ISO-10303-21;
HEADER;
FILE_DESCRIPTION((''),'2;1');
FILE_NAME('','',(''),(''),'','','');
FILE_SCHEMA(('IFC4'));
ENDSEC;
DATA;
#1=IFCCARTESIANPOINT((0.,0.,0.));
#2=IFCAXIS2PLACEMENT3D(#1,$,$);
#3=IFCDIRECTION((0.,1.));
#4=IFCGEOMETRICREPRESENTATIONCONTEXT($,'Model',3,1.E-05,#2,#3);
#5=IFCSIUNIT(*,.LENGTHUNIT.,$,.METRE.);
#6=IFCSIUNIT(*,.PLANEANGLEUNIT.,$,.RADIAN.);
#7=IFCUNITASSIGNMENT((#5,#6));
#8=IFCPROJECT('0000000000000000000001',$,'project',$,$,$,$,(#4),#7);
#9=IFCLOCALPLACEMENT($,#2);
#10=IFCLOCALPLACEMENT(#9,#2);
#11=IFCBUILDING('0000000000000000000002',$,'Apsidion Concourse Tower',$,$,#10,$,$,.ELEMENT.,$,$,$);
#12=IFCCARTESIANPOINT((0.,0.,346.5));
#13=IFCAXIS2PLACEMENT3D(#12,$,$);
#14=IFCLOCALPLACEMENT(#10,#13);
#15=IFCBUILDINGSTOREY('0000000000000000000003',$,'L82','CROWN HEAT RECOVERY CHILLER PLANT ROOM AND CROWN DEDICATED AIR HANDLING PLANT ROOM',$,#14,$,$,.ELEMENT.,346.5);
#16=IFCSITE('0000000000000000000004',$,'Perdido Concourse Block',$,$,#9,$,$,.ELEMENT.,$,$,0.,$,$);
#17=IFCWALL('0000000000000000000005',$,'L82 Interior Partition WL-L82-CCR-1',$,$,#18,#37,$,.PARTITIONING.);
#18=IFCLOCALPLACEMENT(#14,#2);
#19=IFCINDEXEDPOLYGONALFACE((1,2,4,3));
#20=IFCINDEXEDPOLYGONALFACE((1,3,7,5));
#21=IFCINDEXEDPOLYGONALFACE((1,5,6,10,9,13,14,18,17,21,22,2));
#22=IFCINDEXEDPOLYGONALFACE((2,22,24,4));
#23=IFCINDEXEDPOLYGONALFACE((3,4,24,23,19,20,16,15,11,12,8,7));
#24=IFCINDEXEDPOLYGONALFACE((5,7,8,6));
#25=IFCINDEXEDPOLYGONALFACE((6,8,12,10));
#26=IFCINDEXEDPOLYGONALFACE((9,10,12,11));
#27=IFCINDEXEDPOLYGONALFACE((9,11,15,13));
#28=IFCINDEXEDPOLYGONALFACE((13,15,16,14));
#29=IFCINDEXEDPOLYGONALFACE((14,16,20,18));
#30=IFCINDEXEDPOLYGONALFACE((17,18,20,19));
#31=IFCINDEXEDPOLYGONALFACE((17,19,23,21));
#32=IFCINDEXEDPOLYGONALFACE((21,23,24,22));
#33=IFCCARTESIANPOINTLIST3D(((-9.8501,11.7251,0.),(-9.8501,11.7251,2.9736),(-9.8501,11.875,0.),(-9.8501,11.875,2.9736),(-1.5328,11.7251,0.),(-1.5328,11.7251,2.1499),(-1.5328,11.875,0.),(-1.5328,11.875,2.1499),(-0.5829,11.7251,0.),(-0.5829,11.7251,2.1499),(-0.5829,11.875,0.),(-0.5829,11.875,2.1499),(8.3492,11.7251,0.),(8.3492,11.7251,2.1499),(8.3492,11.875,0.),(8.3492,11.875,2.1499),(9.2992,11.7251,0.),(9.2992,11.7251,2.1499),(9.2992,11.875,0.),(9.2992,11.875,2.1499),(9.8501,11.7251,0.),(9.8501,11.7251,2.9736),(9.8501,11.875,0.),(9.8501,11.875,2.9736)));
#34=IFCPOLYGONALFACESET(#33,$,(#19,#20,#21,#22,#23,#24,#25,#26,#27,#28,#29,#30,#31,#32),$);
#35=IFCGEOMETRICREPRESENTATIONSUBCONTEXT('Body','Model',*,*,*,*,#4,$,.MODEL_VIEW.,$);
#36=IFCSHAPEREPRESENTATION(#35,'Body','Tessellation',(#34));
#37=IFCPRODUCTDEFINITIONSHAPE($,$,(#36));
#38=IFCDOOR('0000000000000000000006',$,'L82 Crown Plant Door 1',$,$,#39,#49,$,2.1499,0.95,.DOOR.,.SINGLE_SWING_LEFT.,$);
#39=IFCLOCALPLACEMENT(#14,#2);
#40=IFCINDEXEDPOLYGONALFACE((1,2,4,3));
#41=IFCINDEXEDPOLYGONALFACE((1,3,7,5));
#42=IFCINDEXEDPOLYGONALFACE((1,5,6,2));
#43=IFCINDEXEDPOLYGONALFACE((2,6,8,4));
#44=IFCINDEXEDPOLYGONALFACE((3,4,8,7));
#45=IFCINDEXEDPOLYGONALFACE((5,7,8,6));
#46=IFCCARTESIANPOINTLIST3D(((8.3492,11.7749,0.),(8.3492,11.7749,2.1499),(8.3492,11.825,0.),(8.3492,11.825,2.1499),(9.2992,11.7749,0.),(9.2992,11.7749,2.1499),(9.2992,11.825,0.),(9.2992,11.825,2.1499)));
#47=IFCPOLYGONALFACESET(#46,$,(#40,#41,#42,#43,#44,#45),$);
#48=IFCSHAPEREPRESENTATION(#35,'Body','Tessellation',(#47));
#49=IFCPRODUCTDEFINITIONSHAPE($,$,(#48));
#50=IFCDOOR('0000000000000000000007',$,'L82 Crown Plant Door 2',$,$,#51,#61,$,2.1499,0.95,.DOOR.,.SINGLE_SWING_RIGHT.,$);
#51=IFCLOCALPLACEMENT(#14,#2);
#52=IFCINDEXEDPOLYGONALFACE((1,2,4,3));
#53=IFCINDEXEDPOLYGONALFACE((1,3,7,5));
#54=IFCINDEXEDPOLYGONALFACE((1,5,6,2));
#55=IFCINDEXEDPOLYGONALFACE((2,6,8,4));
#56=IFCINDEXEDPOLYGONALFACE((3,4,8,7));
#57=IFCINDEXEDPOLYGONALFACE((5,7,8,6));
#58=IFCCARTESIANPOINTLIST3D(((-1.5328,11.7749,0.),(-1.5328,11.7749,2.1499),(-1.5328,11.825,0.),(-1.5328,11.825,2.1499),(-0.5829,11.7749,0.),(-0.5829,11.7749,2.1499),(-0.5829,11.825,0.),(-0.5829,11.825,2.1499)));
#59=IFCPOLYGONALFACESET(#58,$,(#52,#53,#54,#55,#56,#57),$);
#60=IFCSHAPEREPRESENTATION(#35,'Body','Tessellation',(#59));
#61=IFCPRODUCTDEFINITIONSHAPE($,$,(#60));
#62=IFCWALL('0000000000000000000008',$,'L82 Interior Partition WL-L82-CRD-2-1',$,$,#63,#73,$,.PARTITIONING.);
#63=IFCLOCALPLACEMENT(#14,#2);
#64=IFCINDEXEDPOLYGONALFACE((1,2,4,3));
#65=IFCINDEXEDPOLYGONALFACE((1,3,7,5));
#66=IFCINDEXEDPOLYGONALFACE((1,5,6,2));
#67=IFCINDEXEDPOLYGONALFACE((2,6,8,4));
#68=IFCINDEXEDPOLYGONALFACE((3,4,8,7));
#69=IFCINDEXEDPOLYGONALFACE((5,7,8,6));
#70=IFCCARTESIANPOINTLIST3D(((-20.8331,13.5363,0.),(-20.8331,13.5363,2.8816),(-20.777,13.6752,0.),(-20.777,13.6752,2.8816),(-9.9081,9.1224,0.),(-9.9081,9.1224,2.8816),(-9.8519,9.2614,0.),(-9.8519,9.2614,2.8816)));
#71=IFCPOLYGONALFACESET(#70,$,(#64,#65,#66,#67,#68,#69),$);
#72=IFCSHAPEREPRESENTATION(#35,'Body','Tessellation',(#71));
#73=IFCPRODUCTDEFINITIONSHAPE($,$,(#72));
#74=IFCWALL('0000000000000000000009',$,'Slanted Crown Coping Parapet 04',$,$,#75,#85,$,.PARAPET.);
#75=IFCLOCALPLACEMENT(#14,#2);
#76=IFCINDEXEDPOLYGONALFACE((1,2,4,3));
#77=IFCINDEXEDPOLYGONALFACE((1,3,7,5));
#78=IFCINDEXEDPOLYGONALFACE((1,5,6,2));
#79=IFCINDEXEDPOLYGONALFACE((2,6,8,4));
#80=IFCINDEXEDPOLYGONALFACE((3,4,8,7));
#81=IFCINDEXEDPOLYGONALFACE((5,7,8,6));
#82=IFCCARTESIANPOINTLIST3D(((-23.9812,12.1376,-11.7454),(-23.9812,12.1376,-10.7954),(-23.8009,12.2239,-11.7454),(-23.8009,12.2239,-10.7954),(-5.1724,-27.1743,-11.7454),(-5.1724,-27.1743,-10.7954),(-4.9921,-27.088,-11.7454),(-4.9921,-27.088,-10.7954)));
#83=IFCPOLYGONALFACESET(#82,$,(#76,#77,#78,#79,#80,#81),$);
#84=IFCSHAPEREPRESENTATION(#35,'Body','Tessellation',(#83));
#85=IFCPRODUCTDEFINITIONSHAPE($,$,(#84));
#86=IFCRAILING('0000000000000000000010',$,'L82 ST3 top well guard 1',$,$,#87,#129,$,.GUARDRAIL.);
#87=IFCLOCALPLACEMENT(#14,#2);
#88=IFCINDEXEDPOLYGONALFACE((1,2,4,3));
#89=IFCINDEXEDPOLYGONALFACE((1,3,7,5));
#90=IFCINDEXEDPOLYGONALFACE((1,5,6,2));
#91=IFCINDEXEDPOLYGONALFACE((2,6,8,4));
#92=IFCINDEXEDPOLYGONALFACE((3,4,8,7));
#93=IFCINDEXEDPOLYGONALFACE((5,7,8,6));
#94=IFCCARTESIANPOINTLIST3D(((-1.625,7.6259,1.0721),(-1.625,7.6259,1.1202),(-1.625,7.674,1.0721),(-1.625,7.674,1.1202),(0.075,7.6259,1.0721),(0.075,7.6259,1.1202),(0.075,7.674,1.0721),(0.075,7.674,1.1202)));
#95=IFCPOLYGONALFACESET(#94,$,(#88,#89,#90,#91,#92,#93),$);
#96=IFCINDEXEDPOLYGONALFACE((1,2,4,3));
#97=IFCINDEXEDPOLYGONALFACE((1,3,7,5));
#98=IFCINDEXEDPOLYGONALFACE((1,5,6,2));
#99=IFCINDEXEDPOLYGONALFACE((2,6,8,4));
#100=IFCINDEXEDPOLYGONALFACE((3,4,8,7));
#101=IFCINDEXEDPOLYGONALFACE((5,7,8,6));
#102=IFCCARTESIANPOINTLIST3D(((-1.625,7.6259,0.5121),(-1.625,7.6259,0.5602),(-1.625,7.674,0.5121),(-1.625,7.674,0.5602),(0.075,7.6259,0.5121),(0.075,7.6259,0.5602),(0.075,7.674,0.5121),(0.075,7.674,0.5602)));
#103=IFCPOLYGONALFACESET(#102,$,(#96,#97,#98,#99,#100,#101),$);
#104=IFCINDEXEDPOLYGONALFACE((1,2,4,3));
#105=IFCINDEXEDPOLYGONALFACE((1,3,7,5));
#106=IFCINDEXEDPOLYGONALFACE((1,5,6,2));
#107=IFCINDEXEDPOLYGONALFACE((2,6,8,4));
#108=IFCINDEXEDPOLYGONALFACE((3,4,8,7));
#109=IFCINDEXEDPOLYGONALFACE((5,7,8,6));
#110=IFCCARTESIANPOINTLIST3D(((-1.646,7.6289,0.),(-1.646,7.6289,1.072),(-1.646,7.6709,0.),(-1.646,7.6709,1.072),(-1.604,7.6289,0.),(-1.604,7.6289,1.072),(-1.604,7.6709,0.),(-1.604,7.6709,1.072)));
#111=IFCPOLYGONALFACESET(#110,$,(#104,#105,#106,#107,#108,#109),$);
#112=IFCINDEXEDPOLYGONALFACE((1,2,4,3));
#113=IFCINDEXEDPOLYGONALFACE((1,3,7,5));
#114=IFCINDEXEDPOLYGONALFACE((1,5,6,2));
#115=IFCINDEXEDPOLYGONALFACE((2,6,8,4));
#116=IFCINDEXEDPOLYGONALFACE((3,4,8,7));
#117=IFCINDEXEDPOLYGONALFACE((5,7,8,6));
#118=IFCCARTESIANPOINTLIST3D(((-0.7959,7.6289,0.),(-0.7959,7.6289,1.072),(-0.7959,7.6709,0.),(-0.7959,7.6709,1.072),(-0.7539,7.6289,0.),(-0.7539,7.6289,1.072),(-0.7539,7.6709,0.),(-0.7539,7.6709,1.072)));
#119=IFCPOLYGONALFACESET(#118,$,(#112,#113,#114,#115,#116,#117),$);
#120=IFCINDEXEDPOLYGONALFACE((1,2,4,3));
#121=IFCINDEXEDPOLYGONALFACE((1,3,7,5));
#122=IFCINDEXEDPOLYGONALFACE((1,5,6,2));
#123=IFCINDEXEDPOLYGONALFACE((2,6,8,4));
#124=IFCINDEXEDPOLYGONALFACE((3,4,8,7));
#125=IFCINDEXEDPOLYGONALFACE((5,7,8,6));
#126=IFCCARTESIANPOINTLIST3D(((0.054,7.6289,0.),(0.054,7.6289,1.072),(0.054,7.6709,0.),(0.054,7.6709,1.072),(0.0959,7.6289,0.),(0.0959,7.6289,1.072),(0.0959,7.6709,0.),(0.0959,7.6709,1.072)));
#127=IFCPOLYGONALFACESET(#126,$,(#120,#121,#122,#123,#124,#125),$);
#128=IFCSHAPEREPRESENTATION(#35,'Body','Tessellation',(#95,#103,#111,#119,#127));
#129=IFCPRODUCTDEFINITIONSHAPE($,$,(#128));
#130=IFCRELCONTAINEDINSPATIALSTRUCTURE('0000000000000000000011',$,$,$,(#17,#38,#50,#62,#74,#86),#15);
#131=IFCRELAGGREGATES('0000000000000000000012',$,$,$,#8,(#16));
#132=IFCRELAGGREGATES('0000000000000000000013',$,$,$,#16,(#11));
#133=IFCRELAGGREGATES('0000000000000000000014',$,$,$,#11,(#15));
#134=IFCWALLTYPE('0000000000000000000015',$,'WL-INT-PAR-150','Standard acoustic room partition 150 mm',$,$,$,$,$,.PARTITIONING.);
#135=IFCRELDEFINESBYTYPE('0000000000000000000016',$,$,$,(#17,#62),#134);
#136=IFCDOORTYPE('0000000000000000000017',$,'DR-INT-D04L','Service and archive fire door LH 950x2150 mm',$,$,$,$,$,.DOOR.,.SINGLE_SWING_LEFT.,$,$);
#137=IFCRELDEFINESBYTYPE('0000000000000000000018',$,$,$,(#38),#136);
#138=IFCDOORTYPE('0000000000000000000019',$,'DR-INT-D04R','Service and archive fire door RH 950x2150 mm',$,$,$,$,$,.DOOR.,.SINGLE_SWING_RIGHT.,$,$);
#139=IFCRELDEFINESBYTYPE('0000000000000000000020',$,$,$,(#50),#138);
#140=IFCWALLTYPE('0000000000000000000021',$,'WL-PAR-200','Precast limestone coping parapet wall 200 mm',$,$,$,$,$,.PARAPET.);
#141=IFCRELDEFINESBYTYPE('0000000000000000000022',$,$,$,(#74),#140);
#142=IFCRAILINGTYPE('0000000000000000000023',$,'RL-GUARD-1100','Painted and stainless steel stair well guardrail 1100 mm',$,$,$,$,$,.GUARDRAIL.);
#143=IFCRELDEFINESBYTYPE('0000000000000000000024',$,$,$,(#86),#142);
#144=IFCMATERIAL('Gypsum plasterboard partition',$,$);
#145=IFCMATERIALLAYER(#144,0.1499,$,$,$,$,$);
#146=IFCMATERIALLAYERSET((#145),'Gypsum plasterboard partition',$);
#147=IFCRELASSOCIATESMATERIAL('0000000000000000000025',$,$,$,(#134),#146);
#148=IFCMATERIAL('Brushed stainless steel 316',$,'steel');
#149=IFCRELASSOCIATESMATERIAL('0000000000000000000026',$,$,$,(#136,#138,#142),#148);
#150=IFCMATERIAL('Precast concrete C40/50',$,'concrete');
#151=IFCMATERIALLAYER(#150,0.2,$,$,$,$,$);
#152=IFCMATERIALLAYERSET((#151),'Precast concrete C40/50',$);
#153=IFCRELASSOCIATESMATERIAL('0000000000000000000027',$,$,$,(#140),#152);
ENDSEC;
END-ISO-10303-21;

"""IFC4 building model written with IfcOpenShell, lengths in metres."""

from ifc_helpers import new_model, si_unit, direction, frame, frame_2d, origin, origin_2d, place, context, subcontext, project, spatial, rectangle, extrude, material, layer, layer_set, type_object, element, fill, save


model = new_model("IFC4")

# Units and contexts
model_context = context("Model", 3, precision=1e-05, world=origin(), true_north=direction((0.0, 1.0)))
body_context = subcontext(model_context, "Body", "Model", "MODEL_VIEW")
ifc_project = project(units=[si_unit("LENGTHUNIT", "METRE"), si_unit("PLANEANGLEUNIT", "RADIAN")], contexts=[model_context])

# Site, building, storey
site_placement = place(None, origin())
site = spatial("IfcSite", under=ifc_project, at=site_placement, Name="Perdido Concourse Block", CompositionType="ELEMENT", RefElevation=0.0)
building_placement = place(site_placement, origin())
building = spatial("IfcBuilding", under=site, at=building_placement, Name="Apsidion Concourse Tower", CompositionType="ELEMENT")
storey_placement = place(building_placement, frame((0.0, 0.0, 346.5)))
storey = spatial("IfcBuildingStorey", under=building, at=storey_placement, Name="L82", Description="CROWN HEAT RECOVERY CHILLER PLANT ROOM AND CROWN DEDICATED AIR HANDLING PLANT ROOM", CompositionType="ELEMENT", Elevation=346.5)

# Shared definitions
ifc_material_1 = material(Name="Precast concrete C40/50", Category="concrete")

# Wall, openings, doors
ifc_material_2 = material(Name="Gypsum plasterboard partition")
ifc_layer_1 = layer(ifc_material_2, 0.1499)
ifc_layer_set_1 = layer_set([ifc_layer_1], Name="Gypsum plasterboard partition")
wall_type_1 = type_object("IfcWallType", Name="WL-INT-PAR-150", Description="Standard acoustic room partition 150 mm", PredefinedType="PARTITIONING", material=ifc_layer_set_1)
wall_1_placement = place(storey_placement, frame((-9.8501, 11.8, 0.0), z_axis=(0.0, 0.0, 1.0), x_axis=(1.0, 0.0, 0.0)))
wall_1 = element("IfcWall", 1, at=wall_1_placement, inside=storey, type_object=wall_type_1, Name="L82 Interior Partition WL-L82-CCR-1", PredefinedType="PARTITIONING", context=body_context, shape_type="SweptSolid", body=[
    extrude(rectangle(XDim=19.7002, YDim=0.1499, at=frame_2d((9.8501, 0.0))), origin(), (0.0, 0.0, 1.0), 2.9736),
])
opening_1_placement = place(wall_1_placement, frame((18.1992, 0.0, 0.0)))
opening_1 = element("IfcOpeningElement", 2, at=opening_1_placement, cuts=wall_1, PredefinedType="OPENING", context=body_context, shape_type="SweptSolid", body=[
    extrude(rectangle(XDim=0.95, YDim=2.1499, at=frame_2d((0.4751, 1.075))), frame((0.0, 0.085, 0.0), z_axis=(0.0, -1.0, 0.0), x_axis=(1.0, 0.0, 0.0)), (0.0, 0.0, 1.0), 0.1699),
])
opening_2_placement = place(wall_1_placement, frame((8.3171, 0.0, 0.0)))
opening_2 = element("IfcOpeningElement", 3, at=opening_2_placement, cuts=wall_1, PredefinedType="OPENING", context=body_context, shape_type="SweptSolid", body=[
    extrude(rectangle(XDim=0.95, YDim=2.1499, at=frame_2d((0.4751, 1.075))), frame((0.0, 0.085, 0.0), z_axis=(0.0, -1.0, 0.0), x_axis=(1.0, 0.0, 0.0)), (0.0, 0.0, 1.0), 0.1699),
])
ifc_material_3 = material(Name="Brushed stainless steel 316", Category="steel")
door_type_1 = type_object("IfcDoorType", Name="DR-INT-D04L", Description="Service and archive fire door LH 950x2150 mm", OperationType="SINGLE_SWING_LEFT", PredefinedType="DOOR", material=ifc_material_3)
door_1_placement = place(opening_1_placement, origin())
door_1 = element("IfcDoor", 4, at=door_1_placement, inside=storey, type_object=door_type_1, Name="L82 Crown Plant Door 1", OperationType="SINGLE_SWING_LEFT", OverallHeight=2.1499, OverallWidth=0.95, PredefinedType="DOOR", context=body_context, shape_type="SweptSolid", body=[
    extrude(rectangle(XDim=0.95, YDim=2.1499, at=frame_2d((0.4751, 1.075))), frame((0.0, 0.0249, 0.0), z_axis=(0.0, -1.0, 0.0), x_axis=(1.0, 0.0, 0.0)), (0.0, 0.0, 1.0), 0.05),
])
fill(opening_1, door_1)
door_type_2 = type_object("IfcDoorType", Name="DR-INT-D04R", Description="Service and archive fire door RH 950x2150 mm", OperationType="SINGLE_SWING_RIGHT", PredefinedType="DOOR", material=ifc_material_3)
door_2_placement = place(opening_2_placement, origin())
door_2 = element("IfcDoor", 5, at=door_2_placement, inside=storey, type_object=door_type_2, Name="L82 Crown Plant Door 2", OperationType="SINGLE_SWING_RIGHT", OverallHeight=2.1499, OverallWidth=0.95, PredefinedType="DOOR", context=body_context, shape_type="SweptSolid", body=[
    extrude(rectangle(XDim=0.95, YDim=2.1499, at=frame_2d((0.4751, 1.075))), frame((0.0, 0.0249, 0.0), z_axis=(0.0, -1.0, 0.0), x_axis=(1.0, 0.0, 0.0)), (0.0, 0.0, 1.0), 0.05),
])
fill(opening_2, door_2)

# Walls
wall_2_placement = place(storey_placement, frame((-9.8799, 9.1919, 0.0), z_axis=(0.0, 0.0, 1.0), x_axis=(-0.927189, 0.374593, 0.0)))
element("IfcWall", 6, at=wall_2_placement, inside=storey, type_object=wall_type_1, Name="L82 Interior Partition WL-L82-CRD-2-1", PredefinedType="PARTITIONING", context=body_context, shape_type="SweptSolid", body=[
    extrude(rectangle(XDim=11.783, YDim=0.1499, at=frame_2d((5.8916, 0.0))), origin(), (0.0, 0.0, 1.0), 2.8816),
])
ifc_layer_2 = layer(ifc_material_1, 0.2)
ifc_layer_set_2 = layer_set([ifc_layer_2], Name="Precast concrete C40/50")
wall_type_2 = type_object("IfcWallType", Name="WL-PAR-200", Description="Precast limestone coping parapet wall 200 mm", PredefinedType="PARAPET", material=ifc_layer_set_2)
wall_3_placement = place(storey_placement, frame((-23.8911, 12.1809, -11.7454), z_axis=(0.0, 0.0, 1.0), x_axis=(0.431594, -0.902068, 0.0)))
element("IfcWall", 7, at=wall_3_placement, inside=storey, type_object=wall_type_2, Name="Slanted Crown Coping Parapet 04", PredefinedType="PARAPET", context=body_context, shape_type="SweptSolid", body=[
    extrude(rectangle(XDim=43.5798, YDim=0.2, at=frame_2d((21.79, 0.0))), origin(), (0.0, 0.0, 1.0), 0.95),
])

# Railing
railing_type = type_object("IfcRailingType", Name="RL-GUARD-1100", Description="Painted and stainless steel stair well guardrail 1100 mm", PredefinedType="GUARDRAIL", material=ifc_material_3)
railing_placement = place(storey_placement, frame((-1.625, 7.6499, 0.0)))
element("IfcRailing", 8, at=railing_placement, inside=storey, type_object=railing_type, Name="L82 ST3 top well guard 1", PredefinedType="GUARDRAIL", context=body_context, shape_type="SweptSolid", body=[
    extrude(rectangle(XDim=0.0481, YDim=0.0481, at=origin_2d()), frame((0.0, 0.0, 1.0962), z_axis=(1.0, 0.0, 0.0), x_axis=(0.0, 1.0, 0.0)), (0.0, 0.0, 1.0), 1.7),
    extrude(rectangle(XDim=0.0481, YDim=0.0481, at=origin_2d()), frame((0.0, 0.0, 0.5361), z_axis=(1.0, 0.0, 0.0), x_axis=(0.0, 1.0, 0.0)), (0.0, 0.0, 1.0), 1.7),
    extrude(rectangle(XDim=0.042, YDim=0.042, at=origin_2d()), origin(), (0.0, 0.0, 1.0), 1.072),
    extrude(rectangle(XDim=0.042, YDim=0.042, at=origin_2d()), frame((0.8501, 0.0, 0.0)), (0.0, 0.0, 1.0), 1.072),
    extrude(rectangle(XDim=0.042, YDim=0.042, at=origin_2d()), frame((1.7, 0.0, 0.0)), (0.0, 0.0, 1.0), 1.072),
])

save(model, "model.ifc")
